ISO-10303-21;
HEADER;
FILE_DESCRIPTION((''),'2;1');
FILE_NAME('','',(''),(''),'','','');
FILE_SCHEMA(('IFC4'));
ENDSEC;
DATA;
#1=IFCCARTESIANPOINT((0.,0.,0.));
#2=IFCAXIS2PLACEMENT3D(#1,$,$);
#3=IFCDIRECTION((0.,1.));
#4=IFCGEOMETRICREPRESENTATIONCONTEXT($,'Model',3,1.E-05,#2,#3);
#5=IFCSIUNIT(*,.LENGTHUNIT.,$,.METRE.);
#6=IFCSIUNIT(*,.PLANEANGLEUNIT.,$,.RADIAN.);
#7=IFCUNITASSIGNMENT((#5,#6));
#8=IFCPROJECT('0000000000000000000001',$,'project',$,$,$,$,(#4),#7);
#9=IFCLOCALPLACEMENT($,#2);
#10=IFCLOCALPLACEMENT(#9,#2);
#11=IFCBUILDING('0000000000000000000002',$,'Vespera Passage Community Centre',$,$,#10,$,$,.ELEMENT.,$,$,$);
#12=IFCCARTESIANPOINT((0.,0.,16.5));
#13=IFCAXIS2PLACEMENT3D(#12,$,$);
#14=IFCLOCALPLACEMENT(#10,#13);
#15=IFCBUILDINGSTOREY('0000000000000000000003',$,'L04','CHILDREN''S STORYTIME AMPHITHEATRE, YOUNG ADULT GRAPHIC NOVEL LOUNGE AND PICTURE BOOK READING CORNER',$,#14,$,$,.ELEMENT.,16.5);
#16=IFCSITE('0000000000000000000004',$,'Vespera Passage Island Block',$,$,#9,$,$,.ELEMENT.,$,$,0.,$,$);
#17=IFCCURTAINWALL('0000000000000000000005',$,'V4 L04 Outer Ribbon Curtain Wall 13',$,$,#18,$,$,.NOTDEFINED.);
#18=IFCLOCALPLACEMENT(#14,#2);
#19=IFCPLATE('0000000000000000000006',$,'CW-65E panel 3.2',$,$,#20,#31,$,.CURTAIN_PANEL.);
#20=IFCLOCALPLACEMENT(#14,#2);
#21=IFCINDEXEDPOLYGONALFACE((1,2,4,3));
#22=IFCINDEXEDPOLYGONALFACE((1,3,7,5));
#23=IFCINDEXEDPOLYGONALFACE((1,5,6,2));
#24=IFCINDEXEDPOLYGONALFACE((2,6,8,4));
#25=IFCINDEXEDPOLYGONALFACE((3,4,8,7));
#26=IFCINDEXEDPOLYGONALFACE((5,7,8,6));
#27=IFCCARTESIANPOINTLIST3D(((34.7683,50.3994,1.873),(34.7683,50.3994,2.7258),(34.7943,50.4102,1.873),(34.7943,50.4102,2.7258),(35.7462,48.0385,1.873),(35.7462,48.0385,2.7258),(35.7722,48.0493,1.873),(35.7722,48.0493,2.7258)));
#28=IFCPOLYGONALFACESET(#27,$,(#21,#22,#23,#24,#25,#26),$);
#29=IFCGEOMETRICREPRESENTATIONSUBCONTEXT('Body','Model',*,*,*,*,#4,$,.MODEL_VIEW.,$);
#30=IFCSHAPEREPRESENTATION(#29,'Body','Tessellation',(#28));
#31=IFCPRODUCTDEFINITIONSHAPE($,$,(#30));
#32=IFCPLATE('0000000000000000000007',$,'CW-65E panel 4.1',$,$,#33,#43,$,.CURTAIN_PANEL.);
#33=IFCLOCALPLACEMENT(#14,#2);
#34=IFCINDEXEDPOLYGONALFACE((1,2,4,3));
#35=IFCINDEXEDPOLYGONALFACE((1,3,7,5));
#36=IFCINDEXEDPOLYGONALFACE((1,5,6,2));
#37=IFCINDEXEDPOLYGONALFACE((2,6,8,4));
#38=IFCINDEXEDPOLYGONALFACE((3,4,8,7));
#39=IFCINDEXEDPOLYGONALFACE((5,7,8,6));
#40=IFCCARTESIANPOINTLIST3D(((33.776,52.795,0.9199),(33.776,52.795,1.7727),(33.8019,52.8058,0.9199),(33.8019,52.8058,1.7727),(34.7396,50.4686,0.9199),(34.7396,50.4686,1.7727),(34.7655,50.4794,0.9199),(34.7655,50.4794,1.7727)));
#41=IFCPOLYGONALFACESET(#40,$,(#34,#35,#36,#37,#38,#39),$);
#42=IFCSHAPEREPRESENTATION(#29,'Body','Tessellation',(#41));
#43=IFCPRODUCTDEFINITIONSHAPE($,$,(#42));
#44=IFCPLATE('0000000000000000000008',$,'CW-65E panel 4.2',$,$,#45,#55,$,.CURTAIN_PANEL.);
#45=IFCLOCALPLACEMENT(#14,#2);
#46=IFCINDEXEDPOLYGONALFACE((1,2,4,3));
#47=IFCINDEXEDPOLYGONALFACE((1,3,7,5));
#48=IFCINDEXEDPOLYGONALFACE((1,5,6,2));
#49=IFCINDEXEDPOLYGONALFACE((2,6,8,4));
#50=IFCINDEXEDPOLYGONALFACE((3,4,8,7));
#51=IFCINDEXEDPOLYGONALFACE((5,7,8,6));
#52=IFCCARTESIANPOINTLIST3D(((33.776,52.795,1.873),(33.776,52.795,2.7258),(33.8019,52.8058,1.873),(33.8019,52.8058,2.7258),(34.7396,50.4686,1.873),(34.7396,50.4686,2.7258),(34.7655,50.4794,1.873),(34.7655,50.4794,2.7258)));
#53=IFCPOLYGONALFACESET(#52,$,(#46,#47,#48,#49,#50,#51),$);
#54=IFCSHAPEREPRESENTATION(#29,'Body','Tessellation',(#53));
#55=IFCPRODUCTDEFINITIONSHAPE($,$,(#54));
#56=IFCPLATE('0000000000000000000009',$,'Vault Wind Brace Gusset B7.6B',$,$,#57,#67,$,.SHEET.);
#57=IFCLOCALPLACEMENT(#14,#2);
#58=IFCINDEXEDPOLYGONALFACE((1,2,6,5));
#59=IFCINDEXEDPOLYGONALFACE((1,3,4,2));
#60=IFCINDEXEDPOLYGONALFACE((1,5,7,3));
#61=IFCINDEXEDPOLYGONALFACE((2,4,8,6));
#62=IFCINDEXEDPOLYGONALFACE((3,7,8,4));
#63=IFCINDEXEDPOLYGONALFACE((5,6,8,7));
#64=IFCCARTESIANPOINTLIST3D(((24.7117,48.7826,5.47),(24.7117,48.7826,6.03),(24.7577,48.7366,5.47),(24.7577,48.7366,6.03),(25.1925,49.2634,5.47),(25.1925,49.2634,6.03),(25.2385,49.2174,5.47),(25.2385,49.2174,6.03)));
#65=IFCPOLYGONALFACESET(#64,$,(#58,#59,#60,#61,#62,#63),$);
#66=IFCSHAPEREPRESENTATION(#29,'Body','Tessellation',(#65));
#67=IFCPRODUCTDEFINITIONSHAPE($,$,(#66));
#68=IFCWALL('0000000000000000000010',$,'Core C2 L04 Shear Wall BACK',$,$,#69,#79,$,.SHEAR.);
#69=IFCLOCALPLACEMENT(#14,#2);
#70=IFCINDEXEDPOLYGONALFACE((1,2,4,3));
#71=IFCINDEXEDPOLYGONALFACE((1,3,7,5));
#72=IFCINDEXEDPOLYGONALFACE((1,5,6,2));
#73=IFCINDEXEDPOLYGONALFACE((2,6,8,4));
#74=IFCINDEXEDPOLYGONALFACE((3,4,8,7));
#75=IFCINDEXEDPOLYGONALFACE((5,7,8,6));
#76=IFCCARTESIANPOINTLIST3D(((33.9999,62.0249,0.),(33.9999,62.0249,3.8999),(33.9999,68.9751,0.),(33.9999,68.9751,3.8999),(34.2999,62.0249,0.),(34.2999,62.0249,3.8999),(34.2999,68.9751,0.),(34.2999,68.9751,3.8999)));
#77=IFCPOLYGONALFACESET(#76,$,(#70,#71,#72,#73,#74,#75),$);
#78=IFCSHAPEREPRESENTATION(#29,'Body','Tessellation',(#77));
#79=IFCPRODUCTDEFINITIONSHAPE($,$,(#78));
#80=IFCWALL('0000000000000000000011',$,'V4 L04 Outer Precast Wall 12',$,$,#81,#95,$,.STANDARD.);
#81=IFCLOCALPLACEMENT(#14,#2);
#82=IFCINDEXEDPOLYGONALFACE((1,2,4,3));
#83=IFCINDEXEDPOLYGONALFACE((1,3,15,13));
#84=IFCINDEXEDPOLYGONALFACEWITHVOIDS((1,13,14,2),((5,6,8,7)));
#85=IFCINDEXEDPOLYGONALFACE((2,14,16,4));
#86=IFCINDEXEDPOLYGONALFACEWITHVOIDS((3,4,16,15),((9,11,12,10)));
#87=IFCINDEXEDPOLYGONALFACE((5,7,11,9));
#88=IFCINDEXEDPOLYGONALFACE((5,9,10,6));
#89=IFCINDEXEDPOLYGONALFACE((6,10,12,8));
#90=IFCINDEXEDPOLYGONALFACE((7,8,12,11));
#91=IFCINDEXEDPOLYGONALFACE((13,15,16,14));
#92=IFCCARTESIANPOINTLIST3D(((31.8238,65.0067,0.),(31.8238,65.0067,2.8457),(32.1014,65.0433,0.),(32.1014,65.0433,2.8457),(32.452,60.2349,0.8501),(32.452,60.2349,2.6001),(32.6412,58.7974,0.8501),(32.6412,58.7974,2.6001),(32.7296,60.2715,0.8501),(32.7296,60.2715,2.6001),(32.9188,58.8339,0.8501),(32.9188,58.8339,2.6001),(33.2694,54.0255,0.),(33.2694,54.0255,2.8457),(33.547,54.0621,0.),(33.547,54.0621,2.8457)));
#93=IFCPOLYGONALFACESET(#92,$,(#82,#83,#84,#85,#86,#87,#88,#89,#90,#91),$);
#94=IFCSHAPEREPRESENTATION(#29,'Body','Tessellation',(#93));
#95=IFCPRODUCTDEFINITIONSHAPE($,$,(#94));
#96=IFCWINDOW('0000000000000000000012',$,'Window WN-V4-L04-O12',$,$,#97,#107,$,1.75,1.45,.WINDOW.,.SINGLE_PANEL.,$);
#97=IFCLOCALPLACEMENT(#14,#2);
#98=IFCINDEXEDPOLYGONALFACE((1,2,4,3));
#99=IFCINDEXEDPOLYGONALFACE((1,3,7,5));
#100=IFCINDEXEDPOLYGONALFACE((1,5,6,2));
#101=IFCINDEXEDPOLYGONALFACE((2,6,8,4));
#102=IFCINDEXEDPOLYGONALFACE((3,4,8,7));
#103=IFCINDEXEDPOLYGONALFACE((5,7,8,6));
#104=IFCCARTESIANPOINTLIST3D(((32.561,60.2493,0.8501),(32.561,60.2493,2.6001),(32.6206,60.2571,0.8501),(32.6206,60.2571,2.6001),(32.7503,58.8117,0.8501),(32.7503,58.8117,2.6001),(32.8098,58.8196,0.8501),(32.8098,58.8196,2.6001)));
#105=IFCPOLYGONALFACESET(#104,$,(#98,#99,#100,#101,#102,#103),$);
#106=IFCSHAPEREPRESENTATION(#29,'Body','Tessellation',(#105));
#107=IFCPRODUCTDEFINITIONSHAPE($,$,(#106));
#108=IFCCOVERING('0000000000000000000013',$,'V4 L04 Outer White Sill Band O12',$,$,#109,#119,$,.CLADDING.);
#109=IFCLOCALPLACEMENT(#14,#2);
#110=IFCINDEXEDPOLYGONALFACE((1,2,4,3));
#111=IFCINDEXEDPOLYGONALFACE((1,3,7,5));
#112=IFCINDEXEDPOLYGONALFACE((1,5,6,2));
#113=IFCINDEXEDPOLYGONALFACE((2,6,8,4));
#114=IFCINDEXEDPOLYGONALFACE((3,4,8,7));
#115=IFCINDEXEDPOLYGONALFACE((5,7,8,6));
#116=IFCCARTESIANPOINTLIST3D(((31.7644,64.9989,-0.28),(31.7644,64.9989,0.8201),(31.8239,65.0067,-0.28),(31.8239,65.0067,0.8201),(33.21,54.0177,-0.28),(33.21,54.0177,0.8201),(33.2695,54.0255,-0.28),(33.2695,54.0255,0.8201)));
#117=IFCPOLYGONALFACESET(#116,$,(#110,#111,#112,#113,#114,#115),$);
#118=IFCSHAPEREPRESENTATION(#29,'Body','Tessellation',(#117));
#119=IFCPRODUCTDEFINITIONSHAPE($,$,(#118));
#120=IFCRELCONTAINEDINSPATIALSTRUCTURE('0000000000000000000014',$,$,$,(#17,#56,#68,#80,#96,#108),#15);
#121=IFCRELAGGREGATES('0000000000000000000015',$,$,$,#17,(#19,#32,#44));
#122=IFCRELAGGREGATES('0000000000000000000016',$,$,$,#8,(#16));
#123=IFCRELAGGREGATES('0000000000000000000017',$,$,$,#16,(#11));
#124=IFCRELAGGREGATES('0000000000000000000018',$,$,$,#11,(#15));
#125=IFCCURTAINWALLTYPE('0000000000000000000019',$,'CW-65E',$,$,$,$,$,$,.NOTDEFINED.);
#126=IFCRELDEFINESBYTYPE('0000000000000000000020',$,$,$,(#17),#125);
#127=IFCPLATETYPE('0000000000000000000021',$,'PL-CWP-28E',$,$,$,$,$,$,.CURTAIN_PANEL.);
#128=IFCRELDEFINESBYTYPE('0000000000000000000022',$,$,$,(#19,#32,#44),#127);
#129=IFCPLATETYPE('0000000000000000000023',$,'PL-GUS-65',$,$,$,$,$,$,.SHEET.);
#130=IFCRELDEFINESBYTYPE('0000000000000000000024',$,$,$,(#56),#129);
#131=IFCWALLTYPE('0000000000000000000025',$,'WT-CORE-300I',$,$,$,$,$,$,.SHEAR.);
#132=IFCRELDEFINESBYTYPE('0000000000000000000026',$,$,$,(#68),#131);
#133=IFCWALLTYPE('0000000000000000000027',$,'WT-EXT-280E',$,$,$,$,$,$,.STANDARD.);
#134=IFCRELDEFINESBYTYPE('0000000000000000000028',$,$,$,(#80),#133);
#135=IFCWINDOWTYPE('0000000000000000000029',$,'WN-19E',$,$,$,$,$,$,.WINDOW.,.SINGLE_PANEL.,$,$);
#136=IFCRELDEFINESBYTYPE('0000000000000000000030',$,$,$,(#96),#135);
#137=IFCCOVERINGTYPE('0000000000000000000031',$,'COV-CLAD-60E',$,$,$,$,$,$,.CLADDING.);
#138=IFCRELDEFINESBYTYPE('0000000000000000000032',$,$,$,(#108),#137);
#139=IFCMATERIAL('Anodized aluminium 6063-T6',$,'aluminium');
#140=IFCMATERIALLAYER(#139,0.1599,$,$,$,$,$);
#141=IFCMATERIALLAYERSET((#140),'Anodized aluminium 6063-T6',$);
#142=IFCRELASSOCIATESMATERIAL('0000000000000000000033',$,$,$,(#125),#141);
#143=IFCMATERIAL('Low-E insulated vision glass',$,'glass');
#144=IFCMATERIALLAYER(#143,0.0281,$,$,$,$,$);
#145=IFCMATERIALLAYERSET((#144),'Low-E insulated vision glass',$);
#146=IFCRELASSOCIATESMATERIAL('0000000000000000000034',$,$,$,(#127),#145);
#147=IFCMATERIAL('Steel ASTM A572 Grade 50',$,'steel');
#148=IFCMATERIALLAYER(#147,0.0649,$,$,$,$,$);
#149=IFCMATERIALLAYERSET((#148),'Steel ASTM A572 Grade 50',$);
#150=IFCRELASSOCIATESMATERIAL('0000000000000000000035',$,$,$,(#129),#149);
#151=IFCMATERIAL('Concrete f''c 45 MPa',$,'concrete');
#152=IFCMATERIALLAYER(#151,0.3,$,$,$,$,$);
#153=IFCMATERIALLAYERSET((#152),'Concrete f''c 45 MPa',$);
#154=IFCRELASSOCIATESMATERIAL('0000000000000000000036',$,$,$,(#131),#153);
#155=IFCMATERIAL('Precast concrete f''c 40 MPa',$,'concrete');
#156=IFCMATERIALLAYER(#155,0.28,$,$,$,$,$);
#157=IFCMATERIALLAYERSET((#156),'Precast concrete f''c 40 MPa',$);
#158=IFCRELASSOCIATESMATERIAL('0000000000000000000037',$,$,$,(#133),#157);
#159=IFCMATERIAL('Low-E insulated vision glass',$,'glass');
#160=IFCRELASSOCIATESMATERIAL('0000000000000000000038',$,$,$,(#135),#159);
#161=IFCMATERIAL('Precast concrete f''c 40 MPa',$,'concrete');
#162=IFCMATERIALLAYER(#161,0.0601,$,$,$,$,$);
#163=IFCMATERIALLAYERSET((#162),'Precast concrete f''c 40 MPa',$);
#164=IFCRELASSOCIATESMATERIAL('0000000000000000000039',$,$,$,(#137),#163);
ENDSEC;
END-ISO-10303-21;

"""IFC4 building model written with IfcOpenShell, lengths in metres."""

from ifc_helpers import new_model, si_unit, direction, frame, frame_2d, origin, origin_2d, place, context, subcontext, project, spatial, rectangle, extrude, material, layer, layer_set, type_object, element, fill, aggregate, save


model = new_model("IFC4")

# Units and contexts
model_context = context("Model", 3, precision=1e-05, world=origin(), true_north=direction((0.0, 1.0)))
body_context = subcontext(model_context, "Body", "Model", "MODEL_VIEW")
ifc_project = project(units=[si_unit("LENGTHUNIT", "METRE"), si_unit("PLANEANGLEUNIT", "RADIAN")], contexts=[model_context])

# Site, building, storey
site_placement = place(None, origin())
site = spatial("IfcSite", under=ifc_project, at=site_placement, Name="Vespera Passage Island Block", CompositionType="ELEMENT", RefElevation=0.0)
building_placement = place(site_placement, origin())
building = spatial("IfcBuilding", under=site, at=building_placement, Name="Vespera Passage Community Centre", CompositionType="ELEMENT")
storey_placement = place(building_placement, frame((0.0, 0.0, 16.5)))
storey = spatial("IfcBuildingStorey", under=building, at=storey_placement, Name="L04", Description="CHILDREN'S STORYTIME AMPHITHEATRE, YOUNG ADULT GRAPHIC NOVEL LOUNGE AND PICTURE BOOK READING CORNER", CompositionType="ELEMENT", Elevation=16.5)

# Curtain wall
ifc_material_1 = material(Name="Anodized aluminium 6063-T6", Category="aluminium")
ifc_layer_1 = layer(ifc_material_1, 0.1599)
ifc_layer_set_1 = layer_set([ifc_layer_1], Name="Anodized aluminium 6063-T6")
curtain_wall_type = type_object("IfcCurtainWallType", Name="CW-65E", PredefinedType="NOTDEFINED", material=ifc_layer_set_1)
curtain_wall_placement = place(storey_placement, origin())
curtain_wall = element("IfcCurtainWall", 1, at=curtain_wall_placement, inside=storey, type_object=curtain_wall_type, Name="V4 L04 Outer Ribbon Curtain Wall 13", PredefinedType="NOTDEFINED")

# Plates
ifc_material_2 = material(Name="Low-E insulated vision glass", Category="glass")
ifc_layer_2 = layer(ifc_material_2, 0.0281)
ifc_layer_set_2 = layer_set([ifc_layer_2], Name="Low-E insulated vision glass")
plate_type_1 = type_object("IfcPlateType", Name="PL-CWP-28E", PredefinedType="CURTAIN_PANEL", material=ifc_layer_set_2)
plate_1_placement = place(storey_placement, frame((35.2703, 49.2244, 1.873), z_axis=(0.0, 0.0, 1.0), x_axis=(-0.382679, 0.923881, 0.0)))
plate_1 = element("IfcPlate", 2, at=plate_1_placement, type_object=plate_type_1, Name="CW-65E panel 3.2", PredefinedType="CURTAIN_PANEL", context=body_context, shape_type="SweptSolid", body=[
    extrude(rectangle(XDim=2.5554, YDim=0.0281, at=origin_2d()), origin(), (0.0, 0.0, 1.0), 0.8528),
])
plate_2_placement = place(storey_placement, frame((34.2708, 51.6372, 0.9199), z_axis=(0.0, 0.0, 1.0), x_axis=(-0.382679, 0.923881, 0.0)))
plate_2 = element("IfcPlate", 3, at=plate_2_placement, type_object=plate_type_1, Name="CW-65E panel 4.1", PredefinedType="CURTAIN_PANEL", context=body_context, shape_type="SweptSolid", body=[
    extrude(rectangle(XDim=2.5181, YDim=0.0281, at=origin_2d()), origin(), (0.0, 0.0, 1.0), 0.8528),
])
plate_3_placement = place(storey_placement, frame((34.2708, 51.6372, 1.873), z_axis=(0.0, 0.0, 1.0), x_axis=(-0.382679, 0.923881, 0.0)))
plate_3 = element("IfcPlate", 4, at=plate_3_placement, type_object=plate_type_1, Name="CW-65E panel 4.2", PredefinedType="CURTAIN_PANEL", context=body_context, shape_type="SweptSolid", body=[
    extrude(rectangle(XDim=2.5181, YDim=0.0281, at=origin_2d()), origin(), (0.0, 0.0, 1.0), 0.8528),
])
aggregate(curtain_wall, [plate_1, plate_2, plate_3])
ifc_material_3 = material(Name="Steel ASTM A572 Grade 50", Category="steel")
ifc_layer_3 = layer(ifc_material_3, 0.0649)
ifc_layer_set_3 = layer_set([ifc_layer_3], Name="Steel ASTM A572 Grade 50")
plate_type_2 = type_object("IfcPlateType", Name="PL-GUS-65", PredefinedType="SHEET", material=ifc_layer_set_3)
plate_4_placement = place(storey_placement, frame((24.9751, 49.0, 5.47), z_axis=(0.0, 0.0, 1.0), x_axis=(0.707107, 0.707107, 0.0)))
element("IfcPlate", 5, at=plate_4_placement, inside=storey, type_object=plate_type_2, Name="Vault Wind Brace Gusset B7.6B", PredefinedType="SHEET", context=body_context, shape_type="SweptSolid", body=[
    extrude(rectangle(XDim=0.6799, YDim=0.0649, at=origin_2d()), origin(), (0.0, 0.0, 1.0), 0.5601),
])

# Wall
ifc_material_4 = material(Name="Concrete f'c 45 MPa", Category="concrete")
ifc_layer_4 = layer(ifc_material_4, 0.3)
ifc_layer_set_4 = layer_set([ifc_layer_4], Name="Concrete f'c 45 MPa")
wall_type_1 = type_object("IfcWallType", Name="WT-CORE-300I", PredefinedType="SHEAR", material=ifc_layer_set_4)
wall_1_placement = place(storey_placement, frame((34.1499, 62.0249, 0.0), z_axis=(0.0, 0.0, 1.0), x_axis=(0.0, 1.0, 0.0)))
element("IfcWall", 6, at=wall_1_placement, inside=storey, type_object=wall_type_1, Name="Core C2 L04 Shear Wall BACK", PredefinedType="SHEAR", context=body_context, shape_type="SweptSolid", body=[
    extrude(rectangle(XDim=6.9502, YDim=0.3, at=frame_2d((3.4751, 0.0))), origin(), (0.0, 0.0, 1.0), 3.8999),
])

# Wall, opening, window
ifc_material_5 = material(Name="Precast concrete f'c 40 MPa", Category="concrete")
ifc_layer_5 = layer(ifc_material_5, 0.28)
ifc_layer_set_5 = layer_set([ifc_layer_5], Name="Precast concrete f'c 40 MPa")
wall_type_2 = type_object("IfcWallType", Name="WT-EXT-280E", PredefinedType="STANDARD", material=ifc_layer_set_5)
wall_2_placement = place(storey_placement, frame((33.4082, 54.0437, 0.0), z_axis=(0.0, 0.0, 1.0), x_axis=(-0.130513, 0.991447, 0.0)))
wall_2 = element("IfcWall", 7, at=wall_2_placement, inside=storey, type_object=wall_type_2, Name="V4 L04 Outer Precast Wall 12", PredefinedType="STANDARD", context=body_context, shape_type="SweptSolid", body=[
    extrude(rectangle(XDim=11.0759, YDim=0.28, at=frame_2d((5.5381, 0.0))), origin(), (0.0, 0.0, 1.0), 2.8457),
])
opening_placement = place(wall_2_placement, frame((4.813, 0.0, 0.8501)))
opening = element("IfcOpeningElement", 8, at=opening_placement, cuts=wall_2, PredefinedType="OPENING", context=body_context, shape_type="SweptSolid", body=[
    extrude(rectangle(XDim=1.45, YDim=1.75, at=frame_2d((0.7251, 0.875))), frame((0.0, 0.1501, 0.0), z_axis=(0.0, -1.0, 0.0), x_axis=(1.0, 0.0, 0.0)), (0.0, 0.0, 1.0), 0.3),
])
ifc_material_6 = material(Name="Low-E insulated vision glass", Category="glass")
window_type = type_object("IfcWindowType", Name="WN-19E", PartitioningType="SINGLE_PANEL", PredefinedType="WINDOW", material=ifc_material_6)
window_placement = place(opening_placement, origin())
window = element("IfcWindow", 9, at=window_placement, inside=storey, type_object=window_type, Name="Window WN-V4-L04-O12", OverallHeight=1.75, OverallWidth=1.45, PartitioningType="SINGLE_PANEL", PredefinedType="WINDOW", context=body_context, shape_type="SweptSolid", body=[
    extrude(rectangle(XDim=1.45, YDim=1.75, at=frame_2d((0.7251, 0.875))), frame((0.0, 0.03, 0.0), z_axis=(0.0, -1.0, 0.0), x_axis=(1.0, 0.0, 0.0)), (0.0, 0.0, 1.0), 0.0601),
])
fill(opening, window)

# Covering
ifc_material_7 = material(Name="Precast concrete f'c 40 MPa", Category="concrete")
ifc_layer_6 = layer(ifc_material_7, 0.0601)
ifc_layer_set_6 = layer_set([ifc_layer_6], Name="Precast concrete f'c 40 MPa")
covering_type = type_object("IfcCoveringType", Name="COV-CLAD-60E", PredefinedType="CLADDING", material=ifc_layer_set_6)
covering_placement = place(storey_placement, frame((33.2397, 54.0215, -0.28), z_axis=(0.0, 0.0, 1.0), x_axis=(-0.130513, 0.991447, 0.0)))
element("IfcCovering", 10, at=covering_placement, inside=storey, type_object=covering_type, Name="V4 L04 Outer White Sill Band O12", PredefinedType="CLADDING", context=body_context, shape_type="SweptSolid", body=[
    extrude(rectangle(XDim=11.0759, YDim=0.0601, at=frame_2d((5.5381, 0.0))), origin(), (0.0, 0.0, 1.0), 1.1001),
])

save(model, "model.ifc")
